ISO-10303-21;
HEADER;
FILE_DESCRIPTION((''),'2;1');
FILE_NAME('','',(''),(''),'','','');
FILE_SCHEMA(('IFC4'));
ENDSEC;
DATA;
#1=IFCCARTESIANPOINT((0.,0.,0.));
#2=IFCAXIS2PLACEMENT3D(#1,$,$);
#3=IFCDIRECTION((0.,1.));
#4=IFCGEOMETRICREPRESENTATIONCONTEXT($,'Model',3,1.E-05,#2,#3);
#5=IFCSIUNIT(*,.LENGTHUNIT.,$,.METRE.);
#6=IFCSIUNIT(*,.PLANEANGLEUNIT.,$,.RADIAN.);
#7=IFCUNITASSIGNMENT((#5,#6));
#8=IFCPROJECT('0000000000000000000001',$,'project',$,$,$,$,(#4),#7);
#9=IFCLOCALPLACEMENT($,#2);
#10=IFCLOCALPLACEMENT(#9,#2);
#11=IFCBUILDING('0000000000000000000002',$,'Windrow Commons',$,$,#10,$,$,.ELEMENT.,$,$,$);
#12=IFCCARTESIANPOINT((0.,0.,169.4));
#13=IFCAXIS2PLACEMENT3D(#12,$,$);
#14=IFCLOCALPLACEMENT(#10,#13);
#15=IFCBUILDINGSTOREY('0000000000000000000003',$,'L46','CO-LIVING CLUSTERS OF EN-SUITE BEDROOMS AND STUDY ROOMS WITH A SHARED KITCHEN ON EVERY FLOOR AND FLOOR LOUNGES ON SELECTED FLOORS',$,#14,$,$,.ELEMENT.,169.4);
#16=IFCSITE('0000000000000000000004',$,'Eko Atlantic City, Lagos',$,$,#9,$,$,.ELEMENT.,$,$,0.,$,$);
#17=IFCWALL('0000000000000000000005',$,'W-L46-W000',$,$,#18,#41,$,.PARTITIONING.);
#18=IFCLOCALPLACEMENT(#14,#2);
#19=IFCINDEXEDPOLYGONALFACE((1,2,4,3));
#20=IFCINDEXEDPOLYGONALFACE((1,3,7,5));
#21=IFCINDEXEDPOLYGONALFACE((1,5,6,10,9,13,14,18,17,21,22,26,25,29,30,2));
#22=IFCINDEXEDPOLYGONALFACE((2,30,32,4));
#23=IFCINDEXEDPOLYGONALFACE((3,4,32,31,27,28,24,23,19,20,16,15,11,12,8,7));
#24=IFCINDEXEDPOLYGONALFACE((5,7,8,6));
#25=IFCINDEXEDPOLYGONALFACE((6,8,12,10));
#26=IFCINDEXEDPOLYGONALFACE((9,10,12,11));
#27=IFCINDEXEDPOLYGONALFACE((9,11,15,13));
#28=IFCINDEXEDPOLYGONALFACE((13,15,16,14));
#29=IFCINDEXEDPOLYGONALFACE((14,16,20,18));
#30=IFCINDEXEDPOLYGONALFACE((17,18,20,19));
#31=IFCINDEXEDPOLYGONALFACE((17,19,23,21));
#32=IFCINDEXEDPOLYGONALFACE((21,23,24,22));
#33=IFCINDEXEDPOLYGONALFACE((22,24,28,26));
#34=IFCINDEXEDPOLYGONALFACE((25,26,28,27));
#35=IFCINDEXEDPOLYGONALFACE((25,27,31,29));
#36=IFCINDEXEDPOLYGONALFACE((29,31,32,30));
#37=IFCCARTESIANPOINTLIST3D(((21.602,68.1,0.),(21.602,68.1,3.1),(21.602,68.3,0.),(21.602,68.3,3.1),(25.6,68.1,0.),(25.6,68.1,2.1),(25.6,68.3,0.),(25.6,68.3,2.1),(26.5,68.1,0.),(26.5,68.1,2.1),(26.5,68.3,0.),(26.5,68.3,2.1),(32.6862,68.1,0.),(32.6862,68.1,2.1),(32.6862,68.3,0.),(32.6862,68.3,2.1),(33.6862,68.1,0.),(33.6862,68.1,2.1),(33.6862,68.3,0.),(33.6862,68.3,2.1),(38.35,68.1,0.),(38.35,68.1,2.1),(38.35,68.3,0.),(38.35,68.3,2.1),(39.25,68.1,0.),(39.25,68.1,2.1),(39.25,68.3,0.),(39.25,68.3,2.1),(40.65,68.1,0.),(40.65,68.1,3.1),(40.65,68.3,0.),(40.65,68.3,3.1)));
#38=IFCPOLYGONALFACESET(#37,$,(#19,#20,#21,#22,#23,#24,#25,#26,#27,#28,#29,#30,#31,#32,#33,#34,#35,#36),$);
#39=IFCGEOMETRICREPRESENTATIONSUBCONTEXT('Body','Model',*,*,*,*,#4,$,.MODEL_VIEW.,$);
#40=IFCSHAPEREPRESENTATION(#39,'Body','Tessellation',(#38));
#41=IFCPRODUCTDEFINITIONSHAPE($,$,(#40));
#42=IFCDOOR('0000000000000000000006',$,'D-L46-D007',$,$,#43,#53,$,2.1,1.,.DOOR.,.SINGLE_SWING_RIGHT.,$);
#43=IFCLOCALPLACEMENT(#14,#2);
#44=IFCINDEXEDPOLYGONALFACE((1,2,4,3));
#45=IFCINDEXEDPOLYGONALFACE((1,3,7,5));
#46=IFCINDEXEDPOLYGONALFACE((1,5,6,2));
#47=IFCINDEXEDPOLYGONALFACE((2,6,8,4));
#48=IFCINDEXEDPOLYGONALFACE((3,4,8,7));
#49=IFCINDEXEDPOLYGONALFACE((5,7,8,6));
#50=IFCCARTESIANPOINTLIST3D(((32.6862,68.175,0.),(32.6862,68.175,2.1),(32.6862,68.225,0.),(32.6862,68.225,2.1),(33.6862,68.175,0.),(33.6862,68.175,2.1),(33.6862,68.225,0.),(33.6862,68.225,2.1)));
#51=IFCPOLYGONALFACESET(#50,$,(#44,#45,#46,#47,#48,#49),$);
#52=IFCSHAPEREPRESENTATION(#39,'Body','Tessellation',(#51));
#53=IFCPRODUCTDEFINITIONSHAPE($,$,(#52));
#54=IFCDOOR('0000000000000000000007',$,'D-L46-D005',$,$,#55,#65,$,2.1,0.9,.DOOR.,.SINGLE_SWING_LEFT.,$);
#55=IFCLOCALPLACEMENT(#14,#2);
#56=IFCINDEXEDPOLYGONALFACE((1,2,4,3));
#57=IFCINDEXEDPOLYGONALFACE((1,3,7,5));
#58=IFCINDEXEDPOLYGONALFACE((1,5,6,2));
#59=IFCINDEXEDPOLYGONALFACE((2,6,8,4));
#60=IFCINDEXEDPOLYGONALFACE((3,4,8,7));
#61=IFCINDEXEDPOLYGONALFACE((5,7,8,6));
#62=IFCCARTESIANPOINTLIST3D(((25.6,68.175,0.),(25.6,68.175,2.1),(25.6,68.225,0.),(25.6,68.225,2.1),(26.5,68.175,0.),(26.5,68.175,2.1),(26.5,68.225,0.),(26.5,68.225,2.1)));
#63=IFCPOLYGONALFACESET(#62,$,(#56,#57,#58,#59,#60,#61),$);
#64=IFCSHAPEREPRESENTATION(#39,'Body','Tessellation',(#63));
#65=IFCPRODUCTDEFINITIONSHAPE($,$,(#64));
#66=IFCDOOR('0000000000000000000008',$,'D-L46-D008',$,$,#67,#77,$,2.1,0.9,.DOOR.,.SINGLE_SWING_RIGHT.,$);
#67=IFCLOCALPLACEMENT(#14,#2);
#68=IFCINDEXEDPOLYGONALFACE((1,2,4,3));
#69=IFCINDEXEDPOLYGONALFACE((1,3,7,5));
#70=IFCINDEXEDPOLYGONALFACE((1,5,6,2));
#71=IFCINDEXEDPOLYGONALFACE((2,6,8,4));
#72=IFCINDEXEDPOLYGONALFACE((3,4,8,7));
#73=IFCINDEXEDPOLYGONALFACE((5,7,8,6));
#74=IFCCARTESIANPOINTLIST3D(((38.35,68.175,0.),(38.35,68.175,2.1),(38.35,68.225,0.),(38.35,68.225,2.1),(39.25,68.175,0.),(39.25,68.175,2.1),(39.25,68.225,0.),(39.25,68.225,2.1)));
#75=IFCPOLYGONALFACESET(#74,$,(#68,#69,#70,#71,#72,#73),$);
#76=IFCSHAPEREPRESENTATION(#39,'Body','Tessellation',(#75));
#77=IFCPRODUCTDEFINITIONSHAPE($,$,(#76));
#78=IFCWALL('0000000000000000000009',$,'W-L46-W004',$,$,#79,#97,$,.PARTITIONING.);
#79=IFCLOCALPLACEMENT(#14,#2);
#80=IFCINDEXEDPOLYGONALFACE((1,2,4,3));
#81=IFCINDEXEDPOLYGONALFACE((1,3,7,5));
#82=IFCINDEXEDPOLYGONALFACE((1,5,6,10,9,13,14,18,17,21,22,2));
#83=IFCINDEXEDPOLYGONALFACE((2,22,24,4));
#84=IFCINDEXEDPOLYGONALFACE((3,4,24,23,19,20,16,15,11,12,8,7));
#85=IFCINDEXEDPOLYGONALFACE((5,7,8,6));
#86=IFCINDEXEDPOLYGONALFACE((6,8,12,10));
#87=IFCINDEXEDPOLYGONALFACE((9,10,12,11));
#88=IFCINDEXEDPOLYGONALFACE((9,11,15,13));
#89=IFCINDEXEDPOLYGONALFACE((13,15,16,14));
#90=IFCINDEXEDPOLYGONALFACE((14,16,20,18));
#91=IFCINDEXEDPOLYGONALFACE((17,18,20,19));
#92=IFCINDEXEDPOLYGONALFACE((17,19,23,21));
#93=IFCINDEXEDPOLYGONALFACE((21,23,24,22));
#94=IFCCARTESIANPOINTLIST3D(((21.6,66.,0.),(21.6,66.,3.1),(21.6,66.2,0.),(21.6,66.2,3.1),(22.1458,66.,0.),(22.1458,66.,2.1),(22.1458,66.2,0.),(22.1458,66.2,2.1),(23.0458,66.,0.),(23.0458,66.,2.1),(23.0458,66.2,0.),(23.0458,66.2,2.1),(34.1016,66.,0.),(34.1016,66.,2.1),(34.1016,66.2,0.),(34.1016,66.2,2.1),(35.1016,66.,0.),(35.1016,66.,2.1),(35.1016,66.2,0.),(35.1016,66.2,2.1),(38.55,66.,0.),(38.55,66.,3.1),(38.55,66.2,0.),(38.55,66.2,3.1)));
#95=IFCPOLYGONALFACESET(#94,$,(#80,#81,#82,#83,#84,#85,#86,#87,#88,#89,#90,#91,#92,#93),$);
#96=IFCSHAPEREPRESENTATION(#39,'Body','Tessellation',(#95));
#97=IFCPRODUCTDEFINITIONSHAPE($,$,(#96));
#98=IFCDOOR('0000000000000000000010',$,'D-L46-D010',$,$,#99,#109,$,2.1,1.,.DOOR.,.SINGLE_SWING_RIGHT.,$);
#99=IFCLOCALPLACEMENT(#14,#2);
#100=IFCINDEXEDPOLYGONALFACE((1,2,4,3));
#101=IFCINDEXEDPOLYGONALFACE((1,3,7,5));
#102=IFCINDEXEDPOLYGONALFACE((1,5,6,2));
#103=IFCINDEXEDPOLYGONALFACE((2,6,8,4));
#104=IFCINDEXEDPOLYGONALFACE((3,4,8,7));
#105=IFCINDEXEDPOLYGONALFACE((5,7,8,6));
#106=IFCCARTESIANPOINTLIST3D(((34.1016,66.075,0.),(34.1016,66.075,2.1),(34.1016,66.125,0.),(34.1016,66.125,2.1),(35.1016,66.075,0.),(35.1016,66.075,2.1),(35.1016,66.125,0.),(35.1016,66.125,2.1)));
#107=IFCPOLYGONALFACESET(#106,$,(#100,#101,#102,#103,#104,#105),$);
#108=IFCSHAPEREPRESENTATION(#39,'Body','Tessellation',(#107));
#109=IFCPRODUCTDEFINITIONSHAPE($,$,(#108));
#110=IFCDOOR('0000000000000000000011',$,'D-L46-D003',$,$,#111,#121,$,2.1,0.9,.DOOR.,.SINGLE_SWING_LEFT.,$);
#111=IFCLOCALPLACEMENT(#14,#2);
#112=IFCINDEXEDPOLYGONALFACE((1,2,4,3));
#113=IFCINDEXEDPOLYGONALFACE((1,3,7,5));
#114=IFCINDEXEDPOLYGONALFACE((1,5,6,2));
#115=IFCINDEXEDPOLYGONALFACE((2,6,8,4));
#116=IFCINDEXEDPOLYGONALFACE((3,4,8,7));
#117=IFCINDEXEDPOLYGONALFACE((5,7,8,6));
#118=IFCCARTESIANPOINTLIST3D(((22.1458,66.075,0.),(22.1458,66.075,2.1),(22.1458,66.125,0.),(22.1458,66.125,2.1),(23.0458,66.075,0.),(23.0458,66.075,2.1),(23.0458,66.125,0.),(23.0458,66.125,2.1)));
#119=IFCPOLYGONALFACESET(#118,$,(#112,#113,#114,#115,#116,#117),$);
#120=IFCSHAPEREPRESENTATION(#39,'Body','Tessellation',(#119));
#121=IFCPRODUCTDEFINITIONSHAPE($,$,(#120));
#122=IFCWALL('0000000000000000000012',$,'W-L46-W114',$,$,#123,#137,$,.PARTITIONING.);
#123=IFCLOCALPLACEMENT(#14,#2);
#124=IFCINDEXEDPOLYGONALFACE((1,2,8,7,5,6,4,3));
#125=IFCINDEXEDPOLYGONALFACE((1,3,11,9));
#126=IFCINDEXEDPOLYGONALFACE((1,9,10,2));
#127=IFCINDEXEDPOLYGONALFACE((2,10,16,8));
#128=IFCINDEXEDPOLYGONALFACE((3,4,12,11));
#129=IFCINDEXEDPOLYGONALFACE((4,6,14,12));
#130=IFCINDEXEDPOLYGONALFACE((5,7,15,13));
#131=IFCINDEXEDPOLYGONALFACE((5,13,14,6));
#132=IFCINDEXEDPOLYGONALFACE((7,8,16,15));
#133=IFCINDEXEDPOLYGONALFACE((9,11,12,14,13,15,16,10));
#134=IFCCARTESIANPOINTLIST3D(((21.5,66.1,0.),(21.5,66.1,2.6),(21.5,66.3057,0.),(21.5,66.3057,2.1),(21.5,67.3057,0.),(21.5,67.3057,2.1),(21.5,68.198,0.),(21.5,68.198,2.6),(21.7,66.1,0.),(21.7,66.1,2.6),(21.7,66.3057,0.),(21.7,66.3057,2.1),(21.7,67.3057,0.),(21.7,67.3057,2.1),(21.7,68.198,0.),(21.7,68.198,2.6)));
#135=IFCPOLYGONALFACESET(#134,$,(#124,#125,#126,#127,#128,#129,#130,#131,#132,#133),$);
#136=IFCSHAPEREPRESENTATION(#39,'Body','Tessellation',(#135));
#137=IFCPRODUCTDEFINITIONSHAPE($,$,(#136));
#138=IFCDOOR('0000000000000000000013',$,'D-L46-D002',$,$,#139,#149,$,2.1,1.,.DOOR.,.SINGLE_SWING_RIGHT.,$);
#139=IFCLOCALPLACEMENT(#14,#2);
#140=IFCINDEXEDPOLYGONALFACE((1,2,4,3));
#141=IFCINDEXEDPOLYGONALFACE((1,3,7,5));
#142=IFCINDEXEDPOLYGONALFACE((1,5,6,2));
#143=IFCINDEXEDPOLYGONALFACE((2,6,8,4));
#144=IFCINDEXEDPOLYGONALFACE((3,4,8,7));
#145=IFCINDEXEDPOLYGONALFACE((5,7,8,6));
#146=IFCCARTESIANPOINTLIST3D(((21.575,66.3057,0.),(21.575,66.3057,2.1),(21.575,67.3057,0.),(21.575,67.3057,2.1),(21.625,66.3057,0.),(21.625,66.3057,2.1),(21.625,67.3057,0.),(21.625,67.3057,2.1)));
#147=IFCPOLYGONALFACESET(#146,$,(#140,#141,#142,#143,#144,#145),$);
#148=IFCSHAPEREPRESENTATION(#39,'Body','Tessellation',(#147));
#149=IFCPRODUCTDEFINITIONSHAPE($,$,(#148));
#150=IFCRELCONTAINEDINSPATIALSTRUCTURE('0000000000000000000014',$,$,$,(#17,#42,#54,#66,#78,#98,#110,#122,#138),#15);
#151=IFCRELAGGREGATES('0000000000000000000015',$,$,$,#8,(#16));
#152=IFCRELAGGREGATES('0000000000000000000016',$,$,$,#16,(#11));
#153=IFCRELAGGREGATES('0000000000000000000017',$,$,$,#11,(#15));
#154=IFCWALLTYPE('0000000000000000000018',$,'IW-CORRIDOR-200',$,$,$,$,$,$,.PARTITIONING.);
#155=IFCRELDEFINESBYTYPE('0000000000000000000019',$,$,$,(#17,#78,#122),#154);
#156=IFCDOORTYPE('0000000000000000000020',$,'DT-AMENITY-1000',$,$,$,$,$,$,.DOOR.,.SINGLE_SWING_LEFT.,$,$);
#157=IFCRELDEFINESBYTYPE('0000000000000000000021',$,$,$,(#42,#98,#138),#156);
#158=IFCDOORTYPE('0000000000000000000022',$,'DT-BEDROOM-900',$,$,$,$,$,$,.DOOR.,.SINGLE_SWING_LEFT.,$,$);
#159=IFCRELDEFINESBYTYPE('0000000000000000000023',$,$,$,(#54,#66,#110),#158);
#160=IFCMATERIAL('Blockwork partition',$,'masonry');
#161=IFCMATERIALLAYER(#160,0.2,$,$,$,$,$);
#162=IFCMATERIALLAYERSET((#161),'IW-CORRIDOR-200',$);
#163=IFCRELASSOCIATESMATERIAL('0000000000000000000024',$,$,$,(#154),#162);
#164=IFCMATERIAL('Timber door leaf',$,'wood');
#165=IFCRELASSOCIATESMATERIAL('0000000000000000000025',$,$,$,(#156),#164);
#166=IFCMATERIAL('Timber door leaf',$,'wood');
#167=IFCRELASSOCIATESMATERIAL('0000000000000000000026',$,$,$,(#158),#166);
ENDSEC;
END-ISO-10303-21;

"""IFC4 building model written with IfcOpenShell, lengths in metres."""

from ifc_helpers import new_model, si_unit, direction, frame, frame_2d, origin, place, context, subcontext, project, spatial, rectangle, extrude, material, layer, layer_set, type_object, element, fill, save


model = new_model("IFC4")

# Units and contexts
model_context = context("Model", 3, precision=1e-05, world=origin(), true_north=direction((0.0, 1.0)))
body_context = subcontext(model_context, "Body", "Model", "MODEL_VIEW")
ifc_project = project(units=[si_unit("LENGTHUNIT", "METRE"), si_unit("PLANEANGLEUNIT", "RADIAN")], contexts=[model_context])

# Site, building, storey
site_placement = place(None, origin())
site = spatial("IfcSite", under=ifc_project, at=site_placement, Name="Eko Atlantic City, Lagos", CompositionType="ELEMENT", RefElevation=0.0)
building_placement = place(site_placement, origin())
building = spatial("IfcBuilding", under=site, at=building_placement, Name="Windrow Commons", CompositionType="ELEMENT")
storey_placement = place(building_placement, frame((0.0, 0.0, 169.4)))
storey = spatial("IfcBuildingStorey", under=building, at=storey_placement, Name="L46", Description="CO-LIVING CLUSTERS OF EN-SUITE BEDROOMS AND STUDY ROOMS WITH A SHARED KITCHEN ON EVERY FLOOR AND FLOOR LOUNGES ON SELECTED FLOORS", CompositionType="ELEMENT", Elevation=169.4)

# Walls, openings, doors
ifc_material_1 = material(Name="Blockwork partition", Category="masonry")
ifc_layer_1 = layer(ifc_material_1, 0.2)
ifc_layer_set_1 = layer_set([ifc_layer_1], Name="IW-CORRIDOR-200")
wall_type_1 = type_object("IfcWallType", Name="IW-CORRIDOR-200", PredefinedType="PARTITIONING", material=ifc_layer_set_1)
wall_1_placement = place(storey_placement, frame((21.602, 68.2, 0.0), z_axis=(0.0, 0.0, 1.0), x_axis=(1.0, 0.0, 0.0)))
wall_1 = element("IfcWall", 1, at=wall_1_placement, inside=storey, type_object=wall_type_1, Name="W-L46-W000", PredefinedType="PARTITIONING", context=body_context, shape_type="SweptSolid", body=[
    extrude(rectangle(XDim=19.048, YDim=0.2, at=frame_2d((9.524, 0.0))), origin(), (0.0, 0.0, 1.0), 3.1),
])
opening_1_placement = place(wall_1_placement, frame((3.998, 0.0, 0.0)))
opening_1 = element("IfcOpeningElement", 2, at=opening_1_placement, cuts=wall_1, PredefinedType="OPENING", context=body_context, shape_type="SweptSolid", body=[
    extrude(rectangle(XDim=0.9, YDim=2.1, at=frame_2d((0.45, 1.05))), frame((0.0, 0.11, 0.0), z_axis=(0.0, -1.0, 0.0), x_axis=(1.0, 0.0, 0.0)), (0.0, 0.0, 1.0), 0.22),
])
opening_2_placement = place(wall_1_placement, frame((11.0842, 0.0, 0.0)))
opening_2 = element("IfcOpeningElement", 3, at=opening_2_placement, cuts=wall_1, PredefinedType="OPENING", context=body_context, shape_type="SweptSolid", body=[
    extrude(rectangle(XDim=1.0, YDim=2.1, at=frame_2d((0.5, 1.05))), frame((0.0, 0.11, 0.0), z_axis=(0.0, -1.0, 0.0), x_axis=(1.0, 0.0, 0.0)), (0.0, 0.0, 1.0), 0.22),
])
opening_3_placement = place(wall_1_placement, frame((16.748, 0.0, 0.0)))
opening_3 = element("IfcOpeningElement", 4, at=opening_3_placement, cuts=wall_1, PredefinedType="OPENING", context=body_context, shape_type="SweptSolid", body=[
    extrude(rectangle(XDim=0.9, YDim=2.1, at=frame_2d((0.45, 1.05))), frame((0.0, 0.11, 0.0), z_axis=(0.0, -1.0, 0.0), x_axis=(1.0, 0.0, 0.0)), (0.0, 0.0, 1.0), 0.22),
])
ifc_material_2 = material(Name="Timber door leaf", Category="wood")
door_type_1 = type_object("IfcDoorType", Name="DT-AMENITY-1000", OperationType="SINGLE_SWING_LEFT", PredefinedType="DOOR", material=ifc_material_2)
door_1_placement = place(opening_2_placement, origin())
door_1 = element("IfcDoor", 5, at=door_1_placement, inside=storey, type_object=door_type_1, Name="D-L46-D007", OperationType="SINGLE_SWING_RIGHT", OverallHeight=2.1, OverallWidth=1.0, PredefinedType="DOOR", context=body_context, shape_type="SweptSolid", body=[
    extrude(rectangle(XDim=1.0, YDim=2.1, at=frame_2d((0.5, 1.05))), frame((0.0, 0.025, 0.0), z_axis=(0.0, -1.0, 0.0), x_axis=(1.0, 0.0, 0.0)), (0.0, 0.0, 1.0), 0.05),
])
fill(opening_2, door_1)
ifc_material_3 = material(Name="Timber door leaf", Category="wood")
door_type_2 = type_object("IfcDoorType", Name="DT-BEDROOM-900", OperationType="SINGLE_SWING_LEFT", PredefinedType="DOOR", material=ifc_material_3)
door_2_placement = place(opening_1_placement, origin())
door_2 = element("IfcDoor", 6, at=door_2_placement, inside=storey, type_object=door_type_2, Name="D-L46-D005", OperationType="SINGLE_SWING_LEFT", OverallHeight=2.1, OverallWidth=0.9, PredefinedType="DOOR", context=body_context, shape_type="SweptSolid", body=[
    extrude(rectangle(XDim=0.9, YDim=2.1, at=frame_2d((0.45, 1.05))), frame((0.0, 0.025, 0.0), z_axis=(0.0, -1.0, 0.0), x_axis=(1.0, 0.0, 0.0)), (0.0, 0.0, 1.0), 0.05),
])
fill(opening_1, door_2)
door_3_placement = place(opening_3_placement, origin())
door_3 = element("IfcDoor", 7, at=door_3_placement, inside=storey, type_object=door_type_2, Name="D-L46-D008", OperationType="SINGLE_SWING_RIGHT", OverallHeight=2.1, OverallWidth=0.9, PredefinedType="DOOR", context=body_context, shape_type="SweptSolid", body=[
    extrude(rectangle(XDim=0.9, YDim=2.1, at=frame_2d((0.45, 1.05))), frame((0.0, 0.025, 0.0), z_axis=(0.0, -1.0, 0.0), x_axis=(1.0, 0.0, 0.0)), (0.0, 0.0, 1.0), 0.05),
])
fill(opening_3, door_3)
wall_2_placement = place(storey_placement, frame((21.6, 66.1, 0.0), z_axis=(0.0, 0.0, 1.0), x_axis=(1.0, 0.0, 0.0)))
wall_2 = element("IfcWall", 8, at=wall_2_placement, inside=storey, type_object=wall_type_1, Name="W-L46-W004", PredefinedType="PARTITIONING", context=body_context, shape_type="SweptSolid", body=[
    extrude(rectangle(XDim=16.95, YDim=0.2, at=frame_2d((8.475, 0.0))), origin(), (0.0, 0.0, 1.0), 3.1),
])
opening_4_placement = place(wall_2_placement, frame((0.5458, 0.0, 0.0)))
opening_4 = element("IfcOpeningElement", 9, at=opening_4_placement, cuts=wall_2, PredefinedType="OPENING", context=body_context, shape_type="SweptSolid", body=[
    extrude(rectangle(XDim=0.9, YDim=2.1, at=frame_2d((0.45, 1.05))), frame((0.0, 0.11, 0.0), z_axis=(0.0, -1.0, 0.0), x_axis=(1.0, 0.0, 0.0)), (0.0, 0.0, 1.0), 0.22),
])
opening_5_placement = place(wall_2_placement, frame((12.5016, 0.0, 0.0)))
opening_5 = element("IfcOpeningElement", 10, at=opening_5_placement, cuts=wall_2, PredefinedType="OPENING", context=body_context, shape_type="SweptSolid", body=[
    extrude(rectangle(XDim=1.0, YDim=2.1, at=frame_2d((0.5, 1.05))), frame((0.0, 0.11, 0.0), z_axis=(0.0, -1.0, 0.0), x_axis=(1.0, 0.0, 0.0)), (0.0, 0.0, 1.0), 0.22),
])
door_4_placement = place(opening_5_placement, origin())
door_4 = element("IfcDoor", 11, at=door_4_placement, inside=storey, type_object=door_type_1, Name="D-L46-D010", OperationType="SINGLE_SWING_RIGHT", OverallHeight=2.1, OverallWidth=1.0, PredefinedType="DOOR", context=body_context, shape_type="SweptSolid", body=[
    extrude(rectangle(XDim=1.0, YDim=2.1, at=frame_2d((0.5, 1.05))), frame((0.0, 0.025, 0.0), z_axis=(0.0, -1.0, 0.0), x_axis=(1.0, 0.0, 0.0)), (0.0, 0.0, 1.0), 0.05),
])
fill(opening_5, door_4)
door_5_placement = place(opening_4_placement, origin())
door_5 = element("IfcDoor", 12, at=door_5_placement, inside=storey, type_object=door_type_2, Name="D-L46-D003", OperationType="SINGLE_SWING_LEFT", OverallHeight=2.1, OverallWidth=0.9, PredefinedType="DOOR", context=body_context, shape_type="SweptSolid", body=[
    extrude(rectangle(XDim=0.9, YDim=2.1, at=frame_2d((0.45, 1.05))), frame((0.0, 0.025, 0.0), z_axis=(0.0, -1.0, 0.0), x_axis=(1.0, 0.0, 0.0)), (0.0, 0.0, 1.0), 0.05),
])
fill(opening_4, door_5)

# Wall, opening, door
wall_3_placement = place(storey_placement, frame((21.6, 66.1, 0.0), z_axis=(0.0, 0.0, 1.0), x_axis=(0.0, 1.0, 0.0)))
wall_3 = element("IfcWall", 13, at=wall_3_placement, inside=storey, type_object=wall_type_1, Name="W-L46-W114", PredefinedType="PARTITIONING", context=body_context, shape_type="SweptSolid", body=[
    extrude(rectangle(XDim=2.098, YDim=0.2, at=frame_2d((1.049, 0.0))), origin(), (0.0, 0.0, 1.0), 2.6),
])
opening_6_placement = place(wall_3_placement, frame((0.2057, 0.0, 0.0)))
opening_6 = element("IfcOpeningElement", 14, at=opening_6_placement, cuts=wall_3, PredefinedType="OPENING", context=body_context, shape_type="SweptSolid", body=[
    extrude(rectangle(XDim=1.0, YDim=2.1, at=frame_2d((0.5, 1.05))), frame((0.0, 0.11, 0.0), z_axis=(0.0, -1.0, 0.0), x_axis=(1.0, 0.0, 0.0)), (0.0, 0.0, 1.0), 0.22),
])
door_6_placement = place(opening_6_placement, origin())
door_6 = element("IfcDoor", 15, at=door_6_placement, inside=storey, type_object=door_type_1, Name="D-L46-D002", OperationType="SINGLE_SWING_RIGHT", OverallHeight=2.1, OverallWidth=1.0, PredefinedType="DOOR", context=body_context, shape_type="SweptSolid", body=[
    extrude(rectangle(XDim=1.0, YDim=2.1, at=frame_2d((0.5, 1.05))), frame((0.0, 0.025, 0.0), z_axis=(0.0, -1.0, 0.0), x_axis=(1.0, 0.0, 0.0)), (0.0, 0.0, 1.0), 0.05),
])
fill(opening_6, door_6)

save(model, "model.ifc")
